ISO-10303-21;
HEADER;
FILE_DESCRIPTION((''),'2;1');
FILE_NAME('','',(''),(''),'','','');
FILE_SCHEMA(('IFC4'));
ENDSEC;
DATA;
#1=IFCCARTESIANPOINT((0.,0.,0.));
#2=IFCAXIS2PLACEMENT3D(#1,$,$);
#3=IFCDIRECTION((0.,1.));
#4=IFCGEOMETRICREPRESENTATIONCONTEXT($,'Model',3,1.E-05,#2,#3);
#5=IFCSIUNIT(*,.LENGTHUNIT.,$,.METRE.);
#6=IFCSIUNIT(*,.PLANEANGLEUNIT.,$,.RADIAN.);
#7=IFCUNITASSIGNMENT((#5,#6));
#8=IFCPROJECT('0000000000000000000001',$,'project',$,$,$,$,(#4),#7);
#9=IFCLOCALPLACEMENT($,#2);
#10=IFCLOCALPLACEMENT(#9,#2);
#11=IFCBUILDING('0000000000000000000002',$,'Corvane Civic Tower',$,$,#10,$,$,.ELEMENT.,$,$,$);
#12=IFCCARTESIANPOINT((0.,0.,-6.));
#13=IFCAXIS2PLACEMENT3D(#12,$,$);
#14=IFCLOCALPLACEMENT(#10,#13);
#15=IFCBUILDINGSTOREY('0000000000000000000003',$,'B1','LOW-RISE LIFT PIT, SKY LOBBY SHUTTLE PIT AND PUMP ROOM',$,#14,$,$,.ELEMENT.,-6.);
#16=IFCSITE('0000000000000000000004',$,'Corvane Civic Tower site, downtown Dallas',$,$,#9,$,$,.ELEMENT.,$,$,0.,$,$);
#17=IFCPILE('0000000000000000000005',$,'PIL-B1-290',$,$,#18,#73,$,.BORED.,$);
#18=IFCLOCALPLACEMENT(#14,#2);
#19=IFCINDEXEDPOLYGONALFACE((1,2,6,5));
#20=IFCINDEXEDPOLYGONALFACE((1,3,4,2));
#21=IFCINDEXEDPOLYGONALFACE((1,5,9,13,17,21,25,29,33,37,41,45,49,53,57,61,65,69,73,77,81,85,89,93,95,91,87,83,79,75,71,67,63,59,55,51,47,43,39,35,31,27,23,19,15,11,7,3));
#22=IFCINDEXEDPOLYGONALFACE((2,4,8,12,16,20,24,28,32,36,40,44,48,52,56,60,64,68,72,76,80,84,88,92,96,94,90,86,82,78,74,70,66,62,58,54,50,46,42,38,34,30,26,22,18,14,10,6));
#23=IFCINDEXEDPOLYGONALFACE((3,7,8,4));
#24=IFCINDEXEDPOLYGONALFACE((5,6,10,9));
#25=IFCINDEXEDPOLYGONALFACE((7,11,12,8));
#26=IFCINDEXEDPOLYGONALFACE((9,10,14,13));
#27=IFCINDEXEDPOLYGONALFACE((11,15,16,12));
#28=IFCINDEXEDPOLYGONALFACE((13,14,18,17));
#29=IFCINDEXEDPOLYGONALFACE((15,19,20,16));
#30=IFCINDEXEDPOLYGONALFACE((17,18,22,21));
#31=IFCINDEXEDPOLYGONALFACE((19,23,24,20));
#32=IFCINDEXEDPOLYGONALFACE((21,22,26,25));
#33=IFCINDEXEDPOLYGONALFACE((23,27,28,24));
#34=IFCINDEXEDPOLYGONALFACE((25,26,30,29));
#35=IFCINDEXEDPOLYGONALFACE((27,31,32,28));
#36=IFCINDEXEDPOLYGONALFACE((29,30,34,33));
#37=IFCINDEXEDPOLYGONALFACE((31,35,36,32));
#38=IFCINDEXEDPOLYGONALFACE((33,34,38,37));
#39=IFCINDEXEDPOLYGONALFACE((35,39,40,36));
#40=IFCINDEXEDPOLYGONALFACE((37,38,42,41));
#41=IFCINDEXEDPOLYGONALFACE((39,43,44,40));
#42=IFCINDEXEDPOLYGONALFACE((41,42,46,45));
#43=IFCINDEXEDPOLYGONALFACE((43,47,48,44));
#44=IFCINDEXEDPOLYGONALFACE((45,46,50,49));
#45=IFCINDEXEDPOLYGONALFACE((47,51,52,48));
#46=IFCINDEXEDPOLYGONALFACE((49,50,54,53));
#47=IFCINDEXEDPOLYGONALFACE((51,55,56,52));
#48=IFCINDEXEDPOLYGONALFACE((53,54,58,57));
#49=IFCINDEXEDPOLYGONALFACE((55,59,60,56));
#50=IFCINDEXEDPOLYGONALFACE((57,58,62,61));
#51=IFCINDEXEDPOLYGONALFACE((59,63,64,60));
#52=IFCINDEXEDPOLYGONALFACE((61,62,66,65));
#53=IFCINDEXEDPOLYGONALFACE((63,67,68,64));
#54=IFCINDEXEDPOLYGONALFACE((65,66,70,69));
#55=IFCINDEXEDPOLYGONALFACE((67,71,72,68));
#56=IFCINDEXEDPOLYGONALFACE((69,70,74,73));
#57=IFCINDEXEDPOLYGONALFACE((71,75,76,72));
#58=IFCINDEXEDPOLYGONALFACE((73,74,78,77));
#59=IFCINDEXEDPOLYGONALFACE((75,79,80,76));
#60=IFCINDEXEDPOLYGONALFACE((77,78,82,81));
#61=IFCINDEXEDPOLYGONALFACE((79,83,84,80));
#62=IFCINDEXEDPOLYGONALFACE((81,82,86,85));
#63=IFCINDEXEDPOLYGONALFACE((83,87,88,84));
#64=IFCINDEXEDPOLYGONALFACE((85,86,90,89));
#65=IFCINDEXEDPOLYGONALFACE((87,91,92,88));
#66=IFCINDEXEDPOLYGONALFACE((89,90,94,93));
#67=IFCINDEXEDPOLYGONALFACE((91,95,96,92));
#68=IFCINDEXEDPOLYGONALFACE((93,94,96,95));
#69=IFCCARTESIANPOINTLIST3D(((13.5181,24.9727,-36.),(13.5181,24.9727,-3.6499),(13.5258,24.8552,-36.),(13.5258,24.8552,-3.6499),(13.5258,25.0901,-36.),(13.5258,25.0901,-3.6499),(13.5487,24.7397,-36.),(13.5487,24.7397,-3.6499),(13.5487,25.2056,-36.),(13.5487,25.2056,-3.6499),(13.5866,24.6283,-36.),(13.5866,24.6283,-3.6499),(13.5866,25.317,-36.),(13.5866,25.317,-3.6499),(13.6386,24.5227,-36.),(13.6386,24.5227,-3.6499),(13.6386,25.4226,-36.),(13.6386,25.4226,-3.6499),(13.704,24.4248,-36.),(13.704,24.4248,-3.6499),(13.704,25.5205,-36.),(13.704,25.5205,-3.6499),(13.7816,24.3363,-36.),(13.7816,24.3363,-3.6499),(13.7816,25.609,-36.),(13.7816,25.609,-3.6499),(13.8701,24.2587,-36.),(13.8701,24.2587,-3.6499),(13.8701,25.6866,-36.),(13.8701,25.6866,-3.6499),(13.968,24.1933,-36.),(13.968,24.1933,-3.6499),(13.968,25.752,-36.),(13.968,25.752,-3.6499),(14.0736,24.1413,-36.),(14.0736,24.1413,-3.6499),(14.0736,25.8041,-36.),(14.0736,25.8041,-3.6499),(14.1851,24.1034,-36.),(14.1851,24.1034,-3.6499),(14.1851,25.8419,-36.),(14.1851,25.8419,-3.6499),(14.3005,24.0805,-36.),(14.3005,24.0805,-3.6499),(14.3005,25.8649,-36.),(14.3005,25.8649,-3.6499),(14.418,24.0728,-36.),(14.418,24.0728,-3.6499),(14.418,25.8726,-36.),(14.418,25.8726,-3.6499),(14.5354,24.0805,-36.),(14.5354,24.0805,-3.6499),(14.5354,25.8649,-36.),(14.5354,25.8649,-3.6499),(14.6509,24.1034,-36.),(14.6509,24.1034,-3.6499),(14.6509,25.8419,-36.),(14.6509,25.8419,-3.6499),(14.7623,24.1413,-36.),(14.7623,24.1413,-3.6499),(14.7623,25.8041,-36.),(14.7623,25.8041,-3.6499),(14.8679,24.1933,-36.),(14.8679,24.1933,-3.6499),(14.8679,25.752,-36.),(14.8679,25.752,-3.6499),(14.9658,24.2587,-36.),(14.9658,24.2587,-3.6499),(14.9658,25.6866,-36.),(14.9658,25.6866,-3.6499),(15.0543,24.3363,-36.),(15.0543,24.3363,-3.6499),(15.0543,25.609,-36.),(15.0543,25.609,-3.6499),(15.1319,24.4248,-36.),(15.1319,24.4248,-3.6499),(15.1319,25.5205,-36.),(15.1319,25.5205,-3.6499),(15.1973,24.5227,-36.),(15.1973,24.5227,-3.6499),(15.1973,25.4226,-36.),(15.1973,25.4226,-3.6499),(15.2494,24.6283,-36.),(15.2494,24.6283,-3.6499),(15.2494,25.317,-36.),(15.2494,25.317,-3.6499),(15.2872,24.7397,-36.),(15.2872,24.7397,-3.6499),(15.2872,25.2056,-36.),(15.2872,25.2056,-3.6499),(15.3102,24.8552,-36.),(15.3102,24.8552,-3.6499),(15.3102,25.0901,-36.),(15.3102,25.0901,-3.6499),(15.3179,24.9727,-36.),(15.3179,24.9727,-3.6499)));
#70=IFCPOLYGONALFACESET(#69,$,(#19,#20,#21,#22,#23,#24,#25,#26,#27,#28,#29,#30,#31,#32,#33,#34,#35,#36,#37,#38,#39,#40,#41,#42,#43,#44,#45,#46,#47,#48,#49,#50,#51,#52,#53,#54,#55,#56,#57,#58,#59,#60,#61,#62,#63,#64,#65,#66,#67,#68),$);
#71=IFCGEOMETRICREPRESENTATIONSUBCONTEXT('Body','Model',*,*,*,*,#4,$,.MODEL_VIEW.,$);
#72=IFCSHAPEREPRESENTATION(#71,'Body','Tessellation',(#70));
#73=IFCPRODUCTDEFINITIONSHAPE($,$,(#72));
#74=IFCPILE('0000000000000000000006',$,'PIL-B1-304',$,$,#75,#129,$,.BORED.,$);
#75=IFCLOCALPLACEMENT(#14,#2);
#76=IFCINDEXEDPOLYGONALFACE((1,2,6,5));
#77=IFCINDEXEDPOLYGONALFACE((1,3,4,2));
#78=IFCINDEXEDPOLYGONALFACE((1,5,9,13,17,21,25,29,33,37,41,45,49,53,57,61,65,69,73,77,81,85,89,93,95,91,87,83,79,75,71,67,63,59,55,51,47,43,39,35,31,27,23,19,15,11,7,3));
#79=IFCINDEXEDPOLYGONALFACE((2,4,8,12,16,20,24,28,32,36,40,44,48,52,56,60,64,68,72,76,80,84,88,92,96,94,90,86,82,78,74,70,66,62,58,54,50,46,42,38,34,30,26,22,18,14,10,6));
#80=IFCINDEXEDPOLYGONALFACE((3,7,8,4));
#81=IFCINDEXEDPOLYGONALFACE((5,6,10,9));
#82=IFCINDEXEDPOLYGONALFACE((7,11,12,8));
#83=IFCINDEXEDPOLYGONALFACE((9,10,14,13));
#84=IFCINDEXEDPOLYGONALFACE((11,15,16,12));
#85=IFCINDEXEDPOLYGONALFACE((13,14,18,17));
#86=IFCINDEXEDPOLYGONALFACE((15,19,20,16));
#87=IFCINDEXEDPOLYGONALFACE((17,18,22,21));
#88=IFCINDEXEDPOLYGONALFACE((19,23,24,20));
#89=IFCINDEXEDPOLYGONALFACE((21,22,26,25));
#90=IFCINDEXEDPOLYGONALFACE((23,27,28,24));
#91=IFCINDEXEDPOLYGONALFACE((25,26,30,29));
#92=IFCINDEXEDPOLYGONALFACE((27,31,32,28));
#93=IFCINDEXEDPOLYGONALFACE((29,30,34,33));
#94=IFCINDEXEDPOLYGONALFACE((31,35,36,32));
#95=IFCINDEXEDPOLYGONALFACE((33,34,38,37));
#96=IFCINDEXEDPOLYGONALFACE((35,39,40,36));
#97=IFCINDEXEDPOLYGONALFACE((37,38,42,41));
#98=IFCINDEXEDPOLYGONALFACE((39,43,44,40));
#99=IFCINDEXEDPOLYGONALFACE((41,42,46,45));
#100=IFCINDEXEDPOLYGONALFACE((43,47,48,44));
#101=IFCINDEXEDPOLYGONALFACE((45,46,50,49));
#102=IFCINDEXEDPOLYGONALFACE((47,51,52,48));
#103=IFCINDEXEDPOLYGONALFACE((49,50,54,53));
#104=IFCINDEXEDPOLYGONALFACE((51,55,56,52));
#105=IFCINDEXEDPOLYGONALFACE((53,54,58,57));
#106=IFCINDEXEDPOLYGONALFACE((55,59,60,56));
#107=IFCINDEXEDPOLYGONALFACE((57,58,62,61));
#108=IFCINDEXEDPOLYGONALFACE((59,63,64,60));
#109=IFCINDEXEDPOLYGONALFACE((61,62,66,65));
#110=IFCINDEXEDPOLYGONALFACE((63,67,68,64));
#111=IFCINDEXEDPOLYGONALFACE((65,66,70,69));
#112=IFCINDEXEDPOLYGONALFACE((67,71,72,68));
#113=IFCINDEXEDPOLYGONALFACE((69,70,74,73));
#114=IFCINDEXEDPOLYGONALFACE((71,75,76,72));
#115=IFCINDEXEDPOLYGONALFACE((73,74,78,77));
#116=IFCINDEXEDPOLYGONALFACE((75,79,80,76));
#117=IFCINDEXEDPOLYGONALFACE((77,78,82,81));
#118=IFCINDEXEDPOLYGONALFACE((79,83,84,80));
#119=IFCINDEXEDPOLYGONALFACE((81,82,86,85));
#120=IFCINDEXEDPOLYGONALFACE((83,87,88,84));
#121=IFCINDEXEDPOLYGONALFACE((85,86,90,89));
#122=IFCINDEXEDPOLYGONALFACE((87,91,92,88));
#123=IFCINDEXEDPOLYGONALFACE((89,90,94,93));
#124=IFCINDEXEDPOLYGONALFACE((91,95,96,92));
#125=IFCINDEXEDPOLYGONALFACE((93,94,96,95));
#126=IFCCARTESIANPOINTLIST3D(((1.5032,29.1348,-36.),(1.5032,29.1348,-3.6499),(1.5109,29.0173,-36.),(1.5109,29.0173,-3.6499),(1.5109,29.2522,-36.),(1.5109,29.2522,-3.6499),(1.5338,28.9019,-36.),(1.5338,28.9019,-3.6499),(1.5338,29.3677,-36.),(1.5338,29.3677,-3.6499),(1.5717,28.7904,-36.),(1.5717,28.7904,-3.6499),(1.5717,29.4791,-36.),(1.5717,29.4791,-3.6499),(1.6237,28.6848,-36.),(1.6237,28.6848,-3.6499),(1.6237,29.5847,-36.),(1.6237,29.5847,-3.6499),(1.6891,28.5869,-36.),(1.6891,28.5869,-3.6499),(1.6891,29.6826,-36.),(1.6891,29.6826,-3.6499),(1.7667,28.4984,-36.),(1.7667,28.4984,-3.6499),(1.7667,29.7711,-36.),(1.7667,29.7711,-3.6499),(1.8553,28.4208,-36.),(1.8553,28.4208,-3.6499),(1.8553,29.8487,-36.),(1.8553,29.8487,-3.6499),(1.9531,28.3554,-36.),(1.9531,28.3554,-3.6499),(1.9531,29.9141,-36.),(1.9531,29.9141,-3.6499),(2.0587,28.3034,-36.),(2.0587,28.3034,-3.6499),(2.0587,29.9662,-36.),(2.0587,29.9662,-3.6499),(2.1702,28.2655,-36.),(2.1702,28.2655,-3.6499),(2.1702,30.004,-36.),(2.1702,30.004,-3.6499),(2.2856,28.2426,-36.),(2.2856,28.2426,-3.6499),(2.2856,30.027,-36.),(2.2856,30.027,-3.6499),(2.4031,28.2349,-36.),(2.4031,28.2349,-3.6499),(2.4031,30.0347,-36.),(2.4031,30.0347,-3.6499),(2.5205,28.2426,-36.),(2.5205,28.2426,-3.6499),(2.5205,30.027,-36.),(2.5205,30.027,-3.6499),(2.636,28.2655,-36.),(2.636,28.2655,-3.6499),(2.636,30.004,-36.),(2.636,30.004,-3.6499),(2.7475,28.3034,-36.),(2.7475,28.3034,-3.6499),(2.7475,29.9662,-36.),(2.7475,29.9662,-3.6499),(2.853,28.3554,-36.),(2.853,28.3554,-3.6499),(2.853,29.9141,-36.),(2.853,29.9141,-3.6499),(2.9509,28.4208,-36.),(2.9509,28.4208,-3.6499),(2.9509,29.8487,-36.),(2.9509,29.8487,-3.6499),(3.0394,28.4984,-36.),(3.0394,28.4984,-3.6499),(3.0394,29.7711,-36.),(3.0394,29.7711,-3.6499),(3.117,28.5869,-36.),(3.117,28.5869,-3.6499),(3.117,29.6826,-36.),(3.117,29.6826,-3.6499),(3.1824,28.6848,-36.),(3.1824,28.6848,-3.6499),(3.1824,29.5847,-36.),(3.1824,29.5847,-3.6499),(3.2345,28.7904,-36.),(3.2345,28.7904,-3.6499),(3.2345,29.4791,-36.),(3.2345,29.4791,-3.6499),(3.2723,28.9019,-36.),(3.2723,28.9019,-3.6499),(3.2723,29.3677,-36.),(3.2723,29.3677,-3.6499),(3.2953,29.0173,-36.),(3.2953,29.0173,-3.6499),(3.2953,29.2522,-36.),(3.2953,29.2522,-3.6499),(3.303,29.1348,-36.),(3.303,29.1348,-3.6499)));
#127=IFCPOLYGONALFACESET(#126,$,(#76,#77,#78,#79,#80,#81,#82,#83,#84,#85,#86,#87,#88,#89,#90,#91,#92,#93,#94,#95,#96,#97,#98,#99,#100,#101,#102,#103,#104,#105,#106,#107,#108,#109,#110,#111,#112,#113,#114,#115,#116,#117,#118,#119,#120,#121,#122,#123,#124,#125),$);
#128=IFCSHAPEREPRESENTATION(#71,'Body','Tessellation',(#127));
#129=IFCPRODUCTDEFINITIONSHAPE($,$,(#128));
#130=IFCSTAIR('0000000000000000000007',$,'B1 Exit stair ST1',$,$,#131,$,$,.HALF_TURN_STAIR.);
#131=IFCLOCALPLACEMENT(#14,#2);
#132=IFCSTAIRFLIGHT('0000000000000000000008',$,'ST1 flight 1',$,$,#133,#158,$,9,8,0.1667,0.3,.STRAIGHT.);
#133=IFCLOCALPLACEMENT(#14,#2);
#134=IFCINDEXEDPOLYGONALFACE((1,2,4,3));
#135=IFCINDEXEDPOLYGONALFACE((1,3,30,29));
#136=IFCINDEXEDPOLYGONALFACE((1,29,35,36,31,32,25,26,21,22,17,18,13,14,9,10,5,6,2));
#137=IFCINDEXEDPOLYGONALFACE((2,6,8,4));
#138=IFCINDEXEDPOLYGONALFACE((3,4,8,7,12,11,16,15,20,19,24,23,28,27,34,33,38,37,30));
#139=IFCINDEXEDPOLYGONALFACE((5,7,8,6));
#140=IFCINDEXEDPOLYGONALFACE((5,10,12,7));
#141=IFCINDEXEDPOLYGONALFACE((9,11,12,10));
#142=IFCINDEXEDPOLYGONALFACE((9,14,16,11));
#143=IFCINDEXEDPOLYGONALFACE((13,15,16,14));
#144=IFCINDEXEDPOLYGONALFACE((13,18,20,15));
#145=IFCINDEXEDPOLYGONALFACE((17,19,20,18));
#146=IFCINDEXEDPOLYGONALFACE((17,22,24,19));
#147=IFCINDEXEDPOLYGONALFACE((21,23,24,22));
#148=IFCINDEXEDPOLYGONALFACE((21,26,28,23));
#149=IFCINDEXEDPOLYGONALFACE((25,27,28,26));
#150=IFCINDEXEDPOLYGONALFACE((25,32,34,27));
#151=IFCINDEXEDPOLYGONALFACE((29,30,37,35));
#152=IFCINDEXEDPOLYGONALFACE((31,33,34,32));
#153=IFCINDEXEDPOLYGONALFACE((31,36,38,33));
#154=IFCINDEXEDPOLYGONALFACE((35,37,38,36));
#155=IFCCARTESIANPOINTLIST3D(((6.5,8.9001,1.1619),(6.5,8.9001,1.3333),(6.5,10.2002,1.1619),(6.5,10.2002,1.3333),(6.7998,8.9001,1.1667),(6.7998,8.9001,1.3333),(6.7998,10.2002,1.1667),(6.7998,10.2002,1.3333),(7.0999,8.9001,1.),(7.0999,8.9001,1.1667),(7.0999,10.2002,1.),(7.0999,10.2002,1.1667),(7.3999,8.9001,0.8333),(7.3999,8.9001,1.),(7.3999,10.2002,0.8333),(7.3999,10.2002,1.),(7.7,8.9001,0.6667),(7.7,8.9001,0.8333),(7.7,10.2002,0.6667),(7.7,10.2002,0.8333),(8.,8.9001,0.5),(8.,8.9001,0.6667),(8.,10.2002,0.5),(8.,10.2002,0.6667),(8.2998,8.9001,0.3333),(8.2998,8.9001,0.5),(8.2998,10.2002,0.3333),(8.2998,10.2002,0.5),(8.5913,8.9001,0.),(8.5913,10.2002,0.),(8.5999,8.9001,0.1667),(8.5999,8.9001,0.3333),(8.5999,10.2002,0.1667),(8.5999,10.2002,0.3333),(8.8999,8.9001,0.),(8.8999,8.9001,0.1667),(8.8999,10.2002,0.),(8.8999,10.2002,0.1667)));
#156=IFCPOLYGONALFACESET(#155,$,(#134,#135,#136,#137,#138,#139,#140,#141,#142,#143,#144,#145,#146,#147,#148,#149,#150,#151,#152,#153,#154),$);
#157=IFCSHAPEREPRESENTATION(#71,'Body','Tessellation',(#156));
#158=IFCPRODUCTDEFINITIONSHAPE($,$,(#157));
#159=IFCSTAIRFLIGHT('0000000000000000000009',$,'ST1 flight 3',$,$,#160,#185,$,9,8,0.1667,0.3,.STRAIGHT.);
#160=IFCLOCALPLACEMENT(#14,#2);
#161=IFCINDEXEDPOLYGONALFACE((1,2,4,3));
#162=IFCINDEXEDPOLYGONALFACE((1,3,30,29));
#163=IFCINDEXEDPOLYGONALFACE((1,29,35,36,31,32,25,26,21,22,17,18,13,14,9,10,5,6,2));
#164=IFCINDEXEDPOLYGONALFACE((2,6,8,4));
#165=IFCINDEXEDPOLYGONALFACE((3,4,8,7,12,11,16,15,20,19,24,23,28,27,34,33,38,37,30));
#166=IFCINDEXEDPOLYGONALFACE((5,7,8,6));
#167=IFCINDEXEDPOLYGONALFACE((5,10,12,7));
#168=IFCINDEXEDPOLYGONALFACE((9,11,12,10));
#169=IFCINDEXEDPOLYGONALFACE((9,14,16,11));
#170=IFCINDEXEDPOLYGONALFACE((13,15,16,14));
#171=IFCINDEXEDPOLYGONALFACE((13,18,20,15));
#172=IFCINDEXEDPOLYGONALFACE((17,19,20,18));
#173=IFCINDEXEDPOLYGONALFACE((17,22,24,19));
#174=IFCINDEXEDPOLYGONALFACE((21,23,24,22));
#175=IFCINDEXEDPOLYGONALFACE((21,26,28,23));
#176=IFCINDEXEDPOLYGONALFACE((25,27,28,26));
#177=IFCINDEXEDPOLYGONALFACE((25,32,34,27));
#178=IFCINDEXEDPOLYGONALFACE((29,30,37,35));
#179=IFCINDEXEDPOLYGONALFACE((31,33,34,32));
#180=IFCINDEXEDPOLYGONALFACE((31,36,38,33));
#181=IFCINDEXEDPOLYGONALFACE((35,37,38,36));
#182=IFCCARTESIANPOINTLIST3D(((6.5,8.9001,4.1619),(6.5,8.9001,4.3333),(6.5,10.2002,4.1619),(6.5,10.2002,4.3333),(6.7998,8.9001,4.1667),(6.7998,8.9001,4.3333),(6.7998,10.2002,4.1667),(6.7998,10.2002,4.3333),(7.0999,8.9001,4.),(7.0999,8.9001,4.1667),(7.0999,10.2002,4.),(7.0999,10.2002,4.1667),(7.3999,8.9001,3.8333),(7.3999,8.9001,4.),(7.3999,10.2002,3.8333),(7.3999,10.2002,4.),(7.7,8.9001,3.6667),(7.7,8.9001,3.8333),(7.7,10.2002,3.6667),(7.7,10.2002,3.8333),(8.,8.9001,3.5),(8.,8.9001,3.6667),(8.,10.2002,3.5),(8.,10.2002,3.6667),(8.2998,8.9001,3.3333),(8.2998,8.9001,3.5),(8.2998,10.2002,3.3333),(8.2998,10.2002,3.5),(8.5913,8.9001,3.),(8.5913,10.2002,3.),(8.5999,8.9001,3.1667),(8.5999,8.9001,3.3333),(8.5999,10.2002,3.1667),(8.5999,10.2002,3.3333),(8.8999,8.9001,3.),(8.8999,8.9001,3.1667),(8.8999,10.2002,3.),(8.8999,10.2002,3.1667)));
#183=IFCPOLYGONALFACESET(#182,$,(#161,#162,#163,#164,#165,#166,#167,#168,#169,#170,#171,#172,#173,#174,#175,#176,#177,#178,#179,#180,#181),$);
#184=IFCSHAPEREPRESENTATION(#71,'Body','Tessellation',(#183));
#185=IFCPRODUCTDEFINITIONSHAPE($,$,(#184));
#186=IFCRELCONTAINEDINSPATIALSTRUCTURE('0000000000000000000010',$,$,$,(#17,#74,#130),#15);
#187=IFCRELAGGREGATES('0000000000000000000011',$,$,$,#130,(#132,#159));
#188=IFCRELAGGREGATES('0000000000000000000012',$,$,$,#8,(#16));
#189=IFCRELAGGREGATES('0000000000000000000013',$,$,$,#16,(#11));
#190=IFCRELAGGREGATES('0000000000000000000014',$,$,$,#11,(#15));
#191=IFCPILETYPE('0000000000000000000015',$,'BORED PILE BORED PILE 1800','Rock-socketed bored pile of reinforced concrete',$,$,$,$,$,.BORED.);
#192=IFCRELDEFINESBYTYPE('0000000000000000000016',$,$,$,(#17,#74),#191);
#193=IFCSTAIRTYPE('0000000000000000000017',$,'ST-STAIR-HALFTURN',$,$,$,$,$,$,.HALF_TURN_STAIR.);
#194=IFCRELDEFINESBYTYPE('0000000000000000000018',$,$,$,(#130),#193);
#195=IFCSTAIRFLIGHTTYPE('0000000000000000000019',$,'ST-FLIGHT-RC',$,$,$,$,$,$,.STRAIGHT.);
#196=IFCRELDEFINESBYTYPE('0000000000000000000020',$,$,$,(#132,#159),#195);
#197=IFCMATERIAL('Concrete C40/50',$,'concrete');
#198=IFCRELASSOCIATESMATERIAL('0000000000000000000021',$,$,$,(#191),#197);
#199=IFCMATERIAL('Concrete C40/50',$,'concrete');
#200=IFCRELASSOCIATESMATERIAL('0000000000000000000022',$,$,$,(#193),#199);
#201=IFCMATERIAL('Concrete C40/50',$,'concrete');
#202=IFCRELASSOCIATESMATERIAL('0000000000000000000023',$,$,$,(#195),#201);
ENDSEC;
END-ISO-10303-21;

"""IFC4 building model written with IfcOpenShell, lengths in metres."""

from ifc_helpers import new_model, si_unit, direction, frame, origin, origin_2d, place, context, subcontext, project, spatial, polyline, circle, outline, extrude, material, material_profile, profile_set, type_object, element, aggregate, save


model = new_model("IFC4")

# Units and contexts
model_context = context("Model", 3, precision=1e-05, world=origin(), true_north=direction((0.0, 1.0)))
body_context = subcontext(model_context, "Body", "Model", "MODEL_VIEW")
ifc_project = project(units=[si_unit("LENGTHUNIT", "METRE"), si_unit("PLANEANGLEUNIT", "RADIAN")], contexts=[model_context])

# Site, building, storey
site_placement = place(None, origin())
site = spatial("IfcSite", under=ifc_project, at=site_placement, Name="Corvane Civic Tower site, downtown Dallas", CompositionType="ELEMENT", RefElevation=0.0)
building_placement = place(site_placement, origin())
building = spatial("IfcBuilding", under=site, at=building_placement, Name="Corvane Civic Tower", CompositionType="ELEMENT")
storey_placement = place(building_placement, frame((0.0, 0.0, -6.0)))
storey = spatial("IfcBuildingStorey", under=building, at=storey_placement, Name="B1", Description="LOW-RISE LIFT PIT, SKY LOBBY SHUTTLE PIT AND PUMP ROOM", CompositionType="ELEMENT", Elevation=-6.0)

# Piles
ifc_material_1 = material(Name="Concrete C40/50", Category="concrete")
ifc_material_profile = material_profile(ifc_material_1, circle(Radius=0.8999, at=origin_2d()), Name="BORED PILE 1800")
ifc_profile_set = profile_set([ifc_material_profile], Name="Concrete C40/50")
pile_type = type_object("IfcPileType", Name="BORED PILE BORED PILE 1800", Description="Rock-socketed bored pile of reinforced concrete", PredefinedType="BORED", material=ifc_profile_set)
for number, where, z_axis, x_axis, name in (
    (1, (14.418, 24.9727, -3.6499), (0.0, 0.0, -1.0), (1.0, 0.0, 0.0), "PIL-B1-290"),
    (2, (2.4031, 29.1348, -3.6499), (0.0, 0.0, -1.0), (1.0, 0.0, 0.0), "PIL-B1-304"),
):
    element("IfcPile", number, at=place(storey_placement, frame(where, z_axis=z_axis, x_axis=x_axis)), inside=storey, type_object=pile_type, Name=name, PredefinedType="BORED", context=body_context, shape_type="SweptSolid", body=[
        extrude(circle(Radius=0.8999, at=origin_2d()), origin(), (0.0, 0.0, 1.0), 32.3501),
    ])

# Stair, stair flights
ifc_material_2 = material(Name="Concrete C40/50", Category="concrete")
stair_type = type_object("IfcStairType", Name="ST-STAIR-HALFTURN", PredefinedType="HALF_TURN_STAIR", material=ifc_material_2)
stair_placement = place(storey_placement, origin())
stair = element("IfcStair", 3, at=stair_placement, inside=storey, type_object=stair_type, Name="B1 Exit stair ST1", PredefinedType="HALF_TURN_STAIR")
ifc_material_3 = material(Name="Concrete C40/50", Category="concrete")
stair_flight_type = type_object("IfcStairFlightType", Name="ST-FLIGHT-RC", PredefinedType="STRAIGHT", material=ifc_material_3)
stair_flight_1_placement = place(storey_placement, frame((8.8999, 9.55, 0.0), z_axis=(0.0, 0.0, 1.0), x_axis=(-1.0, 0.0, 0.0)))
stair_flight_1 = element("IfcStairFlight", 4, at=stair_flight_1_placement, type_object=stair_flight_type, Name="ST1 flight 1", NumberOfRisers=9, NumberOfTreads=8, PredefinedType="STRAIGHT", RiserHeight=0.1667, TreadLength=0.3, context=body_context, shape_type="SweptSolid", body=[
    extrude(outline(polyline([(0.0, 0.0), (0.0, 0.1667), (0.3, 0.1667), (0.3, 0.3333), (0.6001, 0.3333), (0.6001, 0.5), (0.8999, 0.5), (0.8999, 0.6667), (1.2, 0.6667), (1.2, 0.8333), (1.5, 0.8333), (1.5, 1.0), (1.8, 1.0), (1.8, 1.1667), (2.1001, 1.1667), (2.1001, 1.3333), (2.3999, 1.3333), (2.3999, 1.5), (2.3999, 1.1619), (0.3086, 0.0), (0.0, 0.0)])), frame((0.0, 0.6499, 0.0), z_axis=(0.0, -1.0, 0.0), x_axis=(1.0, 0.0, 0.0)), (0.0, 0.0, 1.0), 1.3),
])
stair_flight_2_placement = place(storey_placement, frame((8.8999, 9.55, 3.0), z_axis=(0.0, 0.0, 1.0), x_axis=(-1.0, 0.0, 0.0)))
stair_flight_2 = element("IfcStairFlight", 5, at=stair_flight_2_placement, type_object=stair_flight_type, Name="ST1 flight 3", NumberOfRisers=9, NumberOfTreads=8, PredefinedType="STRAIGHT", RiserHeight=0.1667, TreadLength=0.3, context=body_context, shape_type="SweptSolid", body=[
    extrude(outline(polyline([(0.0, 0.0), (0.0, 0.1667), (0.3, 0.1667), (0.3, 0.3333), (0.6001, 0.3333), (0.6001, 0.5), (0.8999, 0.5), (0.8999, 0.6667), (1.2, 0.6667), (1.2, 0.8333), (1.5, 0.8333), (1.5, 1.0), (1.8, 1.0), (1.8, 1.1667), (2.1001, 1.1667), (2.1001, 1.3333), (2.3999, 1.3333), (2.3999, 1.5), (2.3999, 1.1619), (0.3086, 0.0), (0.0, 0.0)])), frame((0.0, 0.6499, 0.0), z_axis=(0.0, -1.0, 0.0), x_axis=(1.0, 0.0, 0.0)), (0.0, 0.0, 1.0), 1.3),
])
aggregate(stair, [stair_flight_1, stair_flight_2])

save(model, "model.ifc")
